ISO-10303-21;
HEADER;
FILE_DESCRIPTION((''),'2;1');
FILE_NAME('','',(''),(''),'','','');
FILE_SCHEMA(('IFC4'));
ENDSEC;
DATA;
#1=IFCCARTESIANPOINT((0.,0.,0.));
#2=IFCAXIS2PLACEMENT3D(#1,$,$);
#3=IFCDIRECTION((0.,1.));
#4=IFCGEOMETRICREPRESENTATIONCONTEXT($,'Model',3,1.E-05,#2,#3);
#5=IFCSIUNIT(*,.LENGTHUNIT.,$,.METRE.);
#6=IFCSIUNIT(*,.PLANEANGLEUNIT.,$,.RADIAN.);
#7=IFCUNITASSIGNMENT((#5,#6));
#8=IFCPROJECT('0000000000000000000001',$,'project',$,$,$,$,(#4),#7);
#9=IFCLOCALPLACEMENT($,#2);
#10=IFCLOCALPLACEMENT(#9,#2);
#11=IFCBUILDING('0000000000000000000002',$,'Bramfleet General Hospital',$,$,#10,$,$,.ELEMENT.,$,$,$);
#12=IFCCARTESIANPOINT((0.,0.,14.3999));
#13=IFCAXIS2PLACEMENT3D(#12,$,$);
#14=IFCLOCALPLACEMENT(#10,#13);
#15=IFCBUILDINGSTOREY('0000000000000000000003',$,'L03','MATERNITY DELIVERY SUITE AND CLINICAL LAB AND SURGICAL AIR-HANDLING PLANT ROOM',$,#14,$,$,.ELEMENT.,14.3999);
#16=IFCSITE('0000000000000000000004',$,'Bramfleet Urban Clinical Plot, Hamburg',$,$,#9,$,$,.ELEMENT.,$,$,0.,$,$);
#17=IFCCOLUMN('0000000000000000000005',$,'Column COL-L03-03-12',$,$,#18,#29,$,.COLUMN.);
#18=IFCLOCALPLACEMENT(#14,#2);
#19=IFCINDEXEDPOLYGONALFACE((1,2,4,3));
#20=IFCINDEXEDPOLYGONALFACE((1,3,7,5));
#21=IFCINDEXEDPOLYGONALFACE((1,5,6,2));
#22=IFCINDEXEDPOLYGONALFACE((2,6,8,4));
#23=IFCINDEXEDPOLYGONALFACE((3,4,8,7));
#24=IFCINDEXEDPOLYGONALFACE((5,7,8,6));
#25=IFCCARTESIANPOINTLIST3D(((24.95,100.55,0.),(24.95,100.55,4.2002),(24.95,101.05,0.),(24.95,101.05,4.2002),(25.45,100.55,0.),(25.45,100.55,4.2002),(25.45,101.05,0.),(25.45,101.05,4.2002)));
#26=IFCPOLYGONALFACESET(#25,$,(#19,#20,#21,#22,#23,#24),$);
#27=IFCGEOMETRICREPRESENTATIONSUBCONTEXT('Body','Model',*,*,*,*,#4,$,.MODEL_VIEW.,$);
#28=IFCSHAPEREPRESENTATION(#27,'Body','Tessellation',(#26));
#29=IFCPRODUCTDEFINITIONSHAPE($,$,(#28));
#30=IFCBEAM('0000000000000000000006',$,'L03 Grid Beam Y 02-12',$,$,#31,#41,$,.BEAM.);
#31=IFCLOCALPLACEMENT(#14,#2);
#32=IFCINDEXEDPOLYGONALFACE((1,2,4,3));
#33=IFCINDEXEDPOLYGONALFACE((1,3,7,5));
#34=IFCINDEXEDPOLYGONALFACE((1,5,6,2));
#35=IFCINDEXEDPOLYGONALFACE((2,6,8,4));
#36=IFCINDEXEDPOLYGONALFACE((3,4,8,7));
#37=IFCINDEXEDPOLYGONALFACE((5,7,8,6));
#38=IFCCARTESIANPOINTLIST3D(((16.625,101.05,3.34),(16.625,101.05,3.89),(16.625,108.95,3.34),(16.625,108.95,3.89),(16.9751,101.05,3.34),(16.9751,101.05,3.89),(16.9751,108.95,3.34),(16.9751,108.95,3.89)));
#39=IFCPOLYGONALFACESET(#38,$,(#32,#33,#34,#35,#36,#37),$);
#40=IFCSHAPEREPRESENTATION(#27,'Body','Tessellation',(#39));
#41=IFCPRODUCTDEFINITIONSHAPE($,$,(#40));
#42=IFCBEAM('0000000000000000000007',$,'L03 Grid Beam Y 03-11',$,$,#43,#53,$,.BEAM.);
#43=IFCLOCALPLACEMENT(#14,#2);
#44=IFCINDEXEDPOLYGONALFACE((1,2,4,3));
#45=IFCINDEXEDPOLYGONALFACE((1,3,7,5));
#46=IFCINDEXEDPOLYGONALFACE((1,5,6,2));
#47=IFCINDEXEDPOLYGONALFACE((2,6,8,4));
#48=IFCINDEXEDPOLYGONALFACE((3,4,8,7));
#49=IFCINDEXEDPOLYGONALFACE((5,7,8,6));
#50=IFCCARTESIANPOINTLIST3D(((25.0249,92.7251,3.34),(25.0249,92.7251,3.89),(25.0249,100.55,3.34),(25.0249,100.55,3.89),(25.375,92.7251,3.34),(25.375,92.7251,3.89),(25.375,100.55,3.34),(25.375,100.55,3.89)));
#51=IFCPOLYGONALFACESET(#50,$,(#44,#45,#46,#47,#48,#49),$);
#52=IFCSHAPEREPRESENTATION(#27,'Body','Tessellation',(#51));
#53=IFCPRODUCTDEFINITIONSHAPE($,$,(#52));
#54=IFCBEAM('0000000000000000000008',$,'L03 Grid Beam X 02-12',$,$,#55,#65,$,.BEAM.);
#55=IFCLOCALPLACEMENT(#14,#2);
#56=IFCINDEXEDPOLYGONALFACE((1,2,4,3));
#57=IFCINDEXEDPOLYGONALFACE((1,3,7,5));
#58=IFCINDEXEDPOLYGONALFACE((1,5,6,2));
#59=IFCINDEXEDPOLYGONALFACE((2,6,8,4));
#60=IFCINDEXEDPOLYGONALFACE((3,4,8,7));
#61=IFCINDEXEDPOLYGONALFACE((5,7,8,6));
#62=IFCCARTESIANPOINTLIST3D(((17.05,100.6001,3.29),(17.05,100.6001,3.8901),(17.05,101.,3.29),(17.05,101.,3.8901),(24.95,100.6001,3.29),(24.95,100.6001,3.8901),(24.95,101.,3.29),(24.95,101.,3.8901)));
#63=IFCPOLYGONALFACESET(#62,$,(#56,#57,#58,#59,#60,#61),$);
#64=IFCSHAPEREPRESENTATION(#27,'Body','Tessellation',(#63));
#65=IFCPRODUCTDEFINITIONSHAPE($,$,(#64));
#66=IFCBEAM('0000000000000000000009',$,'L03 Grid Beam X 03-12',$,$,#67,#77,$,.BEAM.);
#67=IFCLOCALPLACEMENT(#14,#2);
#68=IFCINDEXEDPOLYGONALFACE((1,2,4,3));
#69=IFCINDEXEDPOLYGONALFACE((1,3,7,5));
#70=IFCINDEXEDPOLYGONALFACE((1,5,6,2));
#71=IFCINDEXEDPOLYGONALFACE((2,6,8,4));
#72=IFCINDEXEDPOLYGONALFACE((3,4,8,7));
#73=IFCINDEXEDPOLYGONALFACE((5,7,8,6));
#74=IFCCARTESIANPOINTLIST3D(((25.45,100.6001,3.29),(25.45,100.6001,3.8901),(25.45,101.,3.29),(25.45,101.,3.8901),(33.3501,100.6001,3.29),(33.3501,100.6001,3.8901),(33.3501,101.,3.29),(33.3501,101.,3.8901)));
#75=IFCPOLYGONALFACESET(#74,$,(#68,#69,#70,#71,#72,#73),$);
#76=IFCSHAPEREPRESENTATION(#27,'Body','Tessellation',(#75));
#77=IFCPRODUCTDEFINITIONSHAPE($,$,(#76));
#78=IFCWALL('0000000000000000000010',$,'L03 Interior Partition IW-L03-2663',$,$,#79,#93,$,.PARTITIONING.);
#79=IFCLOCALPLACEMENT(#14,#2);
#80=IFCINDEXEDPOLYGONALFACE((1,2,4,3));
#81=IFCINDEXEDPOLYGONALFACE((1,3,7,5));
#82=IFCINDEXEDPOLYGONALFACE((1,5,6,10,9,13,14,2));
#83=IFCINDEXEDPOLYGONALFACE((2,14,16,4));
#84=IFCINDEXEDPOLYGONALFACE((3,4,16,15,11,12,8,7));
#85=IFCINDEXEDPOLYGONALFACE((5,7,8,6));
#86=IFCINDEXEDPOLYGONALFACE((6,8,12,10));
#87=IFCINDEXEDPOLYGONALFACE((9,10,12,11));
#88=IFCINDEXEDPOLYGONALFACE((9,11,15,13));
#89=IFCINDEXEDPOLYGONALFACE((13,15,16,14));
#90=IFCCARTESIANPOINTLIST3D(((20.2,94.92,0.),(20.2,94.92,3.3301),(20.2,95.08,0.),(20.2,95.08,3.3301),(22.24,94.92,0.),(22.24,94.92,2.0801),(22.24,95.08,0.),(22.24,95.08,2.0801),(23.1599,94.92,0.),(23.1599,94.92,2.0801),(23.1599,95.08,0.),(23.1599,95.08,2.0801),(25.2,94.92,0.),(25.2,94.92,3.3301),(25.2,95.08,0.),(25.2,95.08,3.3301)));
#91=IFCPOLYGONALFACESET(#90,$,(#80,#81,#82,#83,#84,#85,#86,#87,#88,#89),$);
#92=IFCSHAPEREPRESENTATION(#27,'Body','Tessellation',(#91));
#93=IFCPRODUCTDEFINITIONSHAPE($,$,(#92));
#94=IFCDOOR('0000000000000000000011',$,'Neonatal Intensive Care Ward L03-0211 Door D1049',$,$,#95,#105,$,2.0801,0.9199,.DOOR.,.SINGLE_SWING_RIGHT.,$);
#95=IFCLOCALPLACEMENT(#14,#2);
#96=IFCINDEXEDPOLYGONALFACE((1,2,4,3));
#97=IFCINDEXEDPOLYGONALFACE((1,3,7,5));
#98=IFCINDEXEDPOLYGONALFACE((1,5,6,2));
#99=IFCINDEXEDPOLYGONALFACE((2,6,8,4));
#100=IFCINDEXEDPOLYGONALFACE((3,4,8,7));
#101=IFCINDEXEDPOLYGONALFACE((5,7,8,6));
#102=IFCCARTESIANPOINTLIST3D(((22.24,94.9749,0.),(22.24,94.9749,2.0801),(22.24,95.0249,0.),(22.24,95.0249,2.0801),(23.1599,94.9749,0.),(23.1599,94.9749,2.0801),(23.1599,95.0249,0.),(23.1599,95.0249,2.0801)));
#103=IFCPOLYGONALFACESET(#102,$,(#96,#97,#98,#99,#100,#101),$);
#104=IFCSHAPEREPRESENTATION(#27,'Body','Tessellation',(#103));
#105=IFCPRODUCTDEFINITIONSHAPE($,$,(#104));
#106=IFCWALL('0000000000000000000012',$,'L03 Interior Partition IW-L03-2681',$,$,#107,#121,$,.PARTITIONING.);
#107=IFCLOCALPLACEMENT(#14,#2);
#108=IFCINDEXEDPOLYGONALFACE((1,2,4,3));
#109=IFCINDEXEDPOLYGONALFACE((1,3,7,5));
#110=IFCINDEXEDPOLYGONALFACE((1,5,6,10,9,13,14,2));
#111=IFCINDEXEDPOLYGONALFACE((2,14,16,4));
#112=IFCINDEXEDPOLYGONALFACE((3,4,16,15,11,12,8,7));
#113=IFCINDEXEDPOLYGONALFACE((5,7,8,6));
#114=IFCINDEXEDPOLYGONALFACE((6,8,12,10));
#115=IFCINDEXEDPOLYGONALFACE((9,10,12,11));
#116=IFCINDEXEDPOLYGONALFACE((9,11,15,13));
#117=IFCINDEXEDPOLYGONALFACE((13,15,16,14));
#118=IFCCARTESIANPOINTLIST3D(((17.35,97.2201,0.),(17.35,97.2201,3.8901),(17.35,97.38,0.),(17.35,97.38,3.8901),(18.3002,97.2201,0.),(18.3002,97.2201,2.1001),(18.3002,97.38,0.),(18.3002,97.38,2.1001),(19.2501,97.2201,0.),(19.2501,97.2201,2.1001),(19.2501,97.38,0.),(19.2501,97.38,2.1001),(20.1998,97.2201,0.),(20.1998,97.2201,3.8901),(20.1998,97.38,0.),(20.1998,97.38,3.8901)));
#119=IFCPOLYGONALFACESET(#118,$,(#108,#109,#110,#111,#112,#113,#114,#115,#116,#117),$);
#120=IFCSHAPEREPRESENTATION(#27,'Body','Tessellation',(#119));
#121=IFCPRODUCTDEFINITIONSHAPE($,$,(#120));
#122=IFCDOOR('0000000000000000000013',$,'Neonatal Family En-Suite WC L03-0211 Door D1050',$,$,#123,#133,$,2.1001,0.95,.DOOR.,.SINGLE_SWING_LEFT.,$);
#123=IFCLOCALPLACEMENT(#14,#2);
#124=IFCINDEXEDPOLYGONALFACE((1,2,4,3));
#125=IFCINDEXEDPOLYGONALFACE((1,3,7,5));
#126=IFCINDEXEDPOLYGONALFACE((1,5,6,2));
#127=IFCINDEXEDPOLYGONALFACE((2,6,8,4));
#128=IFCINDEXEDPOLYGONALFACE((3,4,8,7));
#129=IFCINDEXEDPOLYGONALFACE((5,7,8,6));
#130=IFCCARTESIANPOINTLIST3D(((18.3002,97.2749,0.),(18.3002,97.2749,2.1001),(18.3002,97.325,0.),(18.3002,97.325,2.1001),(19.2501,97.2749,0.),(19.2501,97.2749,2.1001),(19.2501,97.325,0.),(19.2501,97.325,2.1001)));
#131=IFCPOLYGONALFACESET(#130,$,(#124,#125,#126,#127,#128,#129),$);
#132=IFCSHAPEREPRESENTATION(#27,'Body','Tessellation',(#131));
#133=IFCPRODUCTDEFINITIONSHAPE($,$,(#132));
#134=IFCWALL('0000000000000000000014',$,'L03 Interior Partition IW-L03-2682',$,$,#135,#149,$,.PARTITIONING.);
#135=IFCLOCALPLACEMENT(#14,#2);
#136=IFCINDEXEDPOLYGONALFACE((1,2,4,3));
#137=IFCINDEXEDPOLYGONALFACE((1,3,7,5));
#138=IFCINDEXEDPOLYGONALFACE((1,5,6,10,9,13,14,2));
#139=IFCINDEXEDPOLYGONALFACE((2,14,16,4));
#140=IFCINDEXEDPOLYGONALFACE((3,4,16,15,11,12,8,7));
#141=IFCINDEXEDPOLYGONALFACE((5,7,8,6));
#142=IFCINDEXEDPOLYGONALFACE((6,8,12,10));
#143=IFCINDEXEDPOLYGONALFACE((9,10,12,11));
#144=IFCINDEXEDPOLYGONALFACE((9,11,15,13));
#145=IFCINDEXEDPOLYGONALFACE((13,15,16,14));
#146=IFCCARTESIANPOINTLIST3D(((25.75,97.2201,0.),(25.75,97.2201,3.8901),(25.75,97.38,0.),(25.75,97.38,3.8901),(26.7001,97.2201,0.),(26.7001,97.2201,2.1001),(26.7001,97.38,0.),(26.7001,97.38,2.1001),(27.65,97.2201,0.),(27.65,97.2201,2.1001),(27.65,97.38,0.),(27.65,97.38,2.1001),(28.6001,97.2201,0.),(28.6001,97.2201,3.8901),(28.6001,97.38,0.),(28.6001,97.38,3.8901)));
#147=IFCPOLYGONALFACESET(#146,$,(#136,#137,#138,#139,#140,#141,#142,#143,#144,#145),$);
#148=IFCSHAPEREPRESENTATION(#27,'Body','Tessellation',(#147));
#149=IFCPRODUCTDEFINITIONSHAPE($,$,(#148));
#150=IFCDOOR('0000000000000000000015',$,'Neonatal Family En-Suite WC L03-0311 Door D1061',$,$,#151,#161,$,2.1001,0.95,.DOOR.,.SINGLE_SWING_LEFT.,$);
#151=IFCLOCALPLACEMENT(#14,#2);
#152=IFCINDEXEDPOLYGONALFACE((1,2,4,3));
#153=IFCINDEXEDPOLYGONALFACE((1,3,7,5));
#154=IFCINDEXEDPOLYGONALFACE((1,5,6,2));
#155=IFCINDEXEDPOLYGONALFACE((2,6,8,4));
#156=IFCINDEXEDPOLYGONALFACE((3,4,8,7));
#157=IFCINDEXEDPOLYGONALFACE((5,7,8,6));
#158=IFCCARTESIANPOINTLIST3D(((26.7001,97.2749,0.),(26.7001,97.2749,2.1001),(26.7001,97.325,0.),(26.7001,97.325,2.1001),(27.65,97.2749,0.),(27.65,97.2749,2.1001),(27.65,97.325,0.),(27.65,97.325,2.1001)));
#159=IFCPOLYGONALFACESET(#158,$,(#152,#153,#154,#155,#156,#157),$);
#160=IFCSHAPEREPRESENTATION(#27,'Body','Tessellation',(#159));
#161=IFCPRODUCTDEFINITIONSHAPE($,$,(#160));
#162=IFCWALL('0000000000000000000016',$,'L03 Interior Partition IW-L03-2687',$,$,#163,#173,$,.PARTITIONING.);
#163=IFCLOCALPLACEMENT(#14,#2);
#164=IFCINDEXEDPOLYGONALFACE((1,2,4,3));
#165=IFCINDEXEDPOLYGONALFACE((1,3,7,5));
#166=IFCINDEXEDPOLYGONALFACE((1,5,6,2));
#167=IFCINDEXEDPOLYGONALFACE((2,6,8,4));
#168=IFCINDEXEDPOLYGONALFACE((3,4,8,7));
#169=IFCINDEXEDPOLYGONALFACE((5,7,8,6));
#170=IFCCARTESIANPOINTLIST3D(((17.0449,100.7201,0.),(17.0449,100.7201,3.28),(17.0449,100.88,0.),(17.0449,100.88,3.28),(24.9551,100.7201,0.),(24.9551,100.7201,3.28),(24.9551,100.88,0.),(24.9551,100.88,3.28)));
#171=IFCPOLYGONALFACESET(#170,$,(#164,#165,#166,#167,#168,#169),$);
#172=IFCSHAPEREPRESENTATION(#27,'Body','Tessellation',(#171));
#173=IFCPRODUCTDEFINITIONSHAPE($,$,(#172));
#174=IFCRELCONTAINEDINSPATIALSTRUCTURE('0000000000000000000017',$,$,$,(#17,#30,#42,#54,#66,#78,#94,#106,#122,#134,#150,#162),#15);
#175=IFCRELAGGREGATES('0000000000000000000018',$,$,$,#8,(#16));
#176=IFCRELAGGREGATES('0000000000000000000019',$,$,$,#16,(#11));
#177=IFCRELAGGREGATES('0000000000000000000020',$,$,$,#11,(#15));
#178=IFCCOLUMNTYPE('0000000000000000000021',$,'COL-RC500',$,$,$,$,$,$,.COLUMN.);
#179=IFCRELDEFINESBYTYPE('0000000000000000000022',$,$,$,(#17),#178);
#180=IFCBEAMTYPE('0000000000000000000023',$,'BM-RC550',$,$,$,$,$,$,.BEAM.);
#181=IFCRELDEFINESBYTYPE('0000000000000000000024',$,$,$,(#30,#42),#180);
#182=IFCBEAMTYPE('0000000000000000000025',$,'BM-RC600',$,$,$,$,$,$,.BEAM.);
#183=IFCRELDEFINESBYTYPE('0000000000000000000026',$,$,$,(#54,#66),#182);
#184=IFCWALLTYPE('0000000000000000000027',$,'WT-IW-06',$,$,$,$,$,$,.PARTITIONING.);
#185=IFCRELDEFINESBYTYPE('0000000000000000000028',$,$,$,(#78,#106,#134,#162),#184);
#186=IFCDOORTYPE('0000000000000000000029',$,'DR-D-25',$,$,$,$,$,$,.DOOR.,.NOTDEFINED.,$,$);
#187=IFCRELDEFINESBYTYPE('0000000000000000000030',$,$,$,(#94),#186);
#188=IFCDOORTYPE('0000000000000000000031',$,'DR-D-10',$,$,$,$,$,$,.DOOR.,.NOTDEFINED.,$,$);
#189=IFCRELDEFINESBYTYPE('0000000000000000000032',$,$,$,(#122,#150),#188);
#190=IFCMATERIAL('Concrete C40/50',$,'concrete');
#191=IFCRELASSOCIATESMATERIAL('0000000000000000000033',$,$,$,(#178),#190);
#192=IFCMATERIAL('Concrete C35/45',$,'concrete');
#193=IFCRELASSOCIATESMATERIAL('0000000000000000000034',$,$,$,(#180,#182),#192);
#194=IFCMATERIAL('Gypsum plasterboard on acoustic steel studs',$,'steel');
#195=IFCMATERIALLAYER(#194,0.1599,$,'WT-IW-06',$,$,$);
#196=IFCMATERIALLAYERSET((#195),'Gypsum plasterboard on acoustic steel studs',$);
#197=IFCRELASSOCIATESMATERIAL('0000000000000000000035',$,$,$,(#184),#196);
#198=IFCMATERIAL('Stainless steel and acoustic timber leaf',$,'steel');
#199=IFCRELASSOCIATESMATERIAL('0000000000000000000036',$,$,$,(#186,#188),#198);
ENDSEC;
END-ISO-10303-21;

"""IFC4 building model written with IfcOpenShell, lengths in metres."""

from ifc_helpers import new_model, si_unit, direction, frame, frame_2d, origin, origin_2d, place, context, subcontext, project, spatial, rectangle, extrude, material, layer, layer_set, material_profile, profile_set, type_object, element, fill, save


model = new_model("IFC4")

# Units and contexts
model_context = context("Model", 3, precision=1e-05, world=origin(), true_north=direction((0.0, 1.0)))
body_context = subcontext(model_context, "Body", "Model", "MODEL_VIEW")
ifc_project = project(units=[si_unit("LENGTHUNIT", "METRE"), si_unit("PLANEANGLEUNIT", "RADIAN")], contexts=[model_context])

# Site, building, storey
site_placement = place(None, origin())
site = spatial("IfcSite", under=ifc_project, at=site_placement, Name="Bramfleet Urban Clinical Plot, Hamburg", CompositionType="ELEMENT", RefElevation=0.0)
building_placement = place(site_placement, origin())
building = spatial("IfcBuilding", under=site, at=building_placement, Name="Bramfleet General Hospital", CompositionType="ELEMENT")
storey_placement = place(building_placement, frame((0.0, 0.0, 14.3999)))
storey = spatial("IfcBuildingStorey", under=building, at=storey_placement, Name="L03", Description="MATERNITY DELIVERY SUITE AND CLINICAL LAB AND SURGICAL AIR-HANDLING PLANT ROOM", CompositionType="ELEMENT", Elevation=14.3999)

# Column
ifc_material_1 = material(Name="Concrete C40/50", Category="concrete")
ifc_material_profile_1 = material_profile(ifc_material_1, rectangle(XDim=0.5, YDim=0.5, at=origin_2d()), Name="RC COL 500x500")
ifc_profile_set_1 = profile_set([ifc_material_profile_1], Name="Concrete C40/50")
column_type = type_object("IfcColumnType", Name="COL-RC500", PredefinedType="COLUMN", material=ifc_profile_set_1)
column_placement = place(storey_placement, frame((25.2, 100.8, 0.0), z_axis=(0.0, 0.0, 1.0), x_axis=(1.0, 0.0, 0.0)))
element("IfcColumn", 1, at=column_placement, inside=storey, type_object=column_type, Name="Column COL-L03-03-12", PredefinedType="COLUMN", context=body_context, shape_type="SweptSolid", body=[
    extrude(rectangle(XDim=0.5, YDim=0.5, at=origin_2d()), origin(), (0.0, 0.0, 1.0), 4.2002),
])

# Beams
ifc_material_2 = material(Name="Concrete C35/45", Category="concrete")
ifc_material_profile_2 = material_profile(ifc_material_2, rectangle(XDim=0.3501, YDim=0.55, at=origin_2d()), Name="RC BM 550x350")
ifc_profile_set_2 = profile_set([ifc_material_profile_2], Name="Concrete C35/45")
beam_type_1 = type_object("IfcBeamType", Name="BM-RC550", PredefinedType="BEAM", material=ifc_profile_set_2)
beam_1_placement = place(storey_placement, frame((16.8, 101.05, 3.615), z_axis=(0.0, 1.0, 0.0), x_axis=(-1.0, 0.0, 0.0)))
element("IfcBeam", 2, at=beam_1_placement, inside=storey, type_object=beam_type_1, Name="L03 Grid Beam Y 02-12", PredefinedType="BEAM", context=body_context, shape_type="SweptSolid", body=[
    extrude(rectangle(XDim=0.3501, YDim=0.55, at=origin_2d()), origin(), (0.0, 0.0, 1.0), 7.8999),
])
beam_2_placement = place(storey_placement, frame((25.2, 92.7251, 3.615), z_axis=(0.0, 1.0, 0.0), x_axis=(-1.0, 0.0, 0.0)))
element("IfcBeam", 3, at=beam_2_placement, inside=storey, type_object=beam_type_1, Name="L03 Grid Beam Y 03-11", PredefinedType="BEAM", context=body_context, shape_type="SweptSolid", body=[
    extrude(rectangle(XDim=0.3501, YDim=0.55, at=origin_2d()), origin(), (0.0, 0.0, 1.0), 7.825),
])
ifc_material_profile_3 = material_profile(ifc_material_2, rectangle(XDim=0.3999, YDim=0.6001, at=origin_2d()), Name="RC BM 600x400")
ifc_profile_set_3 = profile_set([ifc_material_profile_3], Name="Concrete C35/45")
beam_type_2 = type_object("IfcBeamType", Name="BM-RC600", PredefinedType="BEAM", material=ifc_profile_set_3)
beam_3_placement = place(storey_placement, frame((17.05, 100.8, 3.5901), z_axis=(1.0, 0.0, 0.0), x_axis=(0.0, 1.0, 0.0)))
element("IfcBeam", 4, at=beam_3_placement, inside=storey, type_object=beam_type_2, Name="L03 Grid Beam X 02-12", PredefinedType="BEAM", context=body_context, shape_type="SweptSolid", body=[
    extrude(rectangle(XDim=0.3999, YDim=0.6001, at=origin_2d()), origin(), (0.0, 0.0, 1.0), 7.8999),
])
beam_4_placement = place(storey_placement, frame((25.45, 100.8, 3.5901), z_axis=(1.0, 0.0, 0.0), x_axis=(0.0, 1.0, 0.0)))
element("IfcBeam", 5, at=beam_4_placement, inside=storey, type_object=beam_type_2, Name="L03 Grid Beam X 03-12", PredefinedType="BEAM", context=body_context, shape_type="SweptSolid", body=[
    extrude(rectangle(XDim=0.3999, YDim=0.6001, at=origin_2d()), origin(), (0.0, 0.0, 1.0), 7.9001),
])

# Walls, openings, doors
ifc_material_3 = material(Name="Gypsum plasterboard on acoustic steel studs", Category="steel")
ifc_layer_1 = layer(ifc_material_3, 0.1599, Name="WT-IW-06")
ifc_layer_set_1 = layer_set([ifc_layer_1], Name="Gypsum plasterboard on acoustic steel studs")
wall_type_1 = type_object("IfcWallType", Name="WT-IW-06", PredefinedType="PARTITIONING", material=ifc_layer_set_1)
wall_1_placement = place(storey_placement, frame((20.2, 95.0, 0.0), z_axis=(0.0, 0.0, 1.0), x_axis=(1.0, 0.0, 0.0)))
wall_1 = element("IfcWall", 6, at=wall_1_placement, inside=storey, type_object=wall_type_1, Name="L03 Interior Partition IW-L03-2663", PredefinedType="PARTITIONING", context=body_context, shape_type="SweptSolid", body=[
    extrude(rectangle(XDim=5.0, YDim=0.1599, at=frame_2d((2.5, 0.0))), origin(), (0.0, 0.0, 1.0), 3.3301),
])
opening_1_placement = place(wall_1_placement, frame((2.04, 0.0, 0.0)))
opening_1 = element("IfcOpeningElement", 7, at=opening_1_placement, cuts=wall_1, PredefinedType="OPENING", context=body_context, shape_type="SweptSolid", body=[
    extrude(rectangle(XDim=0.9199, YDim=2.0801, at=frame_2d((0.46, 1.04))), frame((0.0, 0.0898, 0.0), z_axis=(0.0, -1.0, 0.0), x_axis=(1.0, 0.0, 0.0)), (0.0, 0.0, 1.0), 0.1799),
])
ifc_material_4 = material(Name="Stainless steel and acoustic timber leaf", Category="steel")
door_type_1 = type_object("IfcDoorType", Name="DR-D-25", OperationType="NOTDEFINED", PredefinedType="DOOR", material=ifc_material_4)
door_1_placement = place(opening_1_placement, origin())
door_1 = element("IfcDoor", 8, at=door_1_placement, inside=storey, type_object=door_type_1, Name="Neonatal Intensive Care Ward L03-0211 Door D1049", OperationType="SINGLE_SWING_RIGHT", OverallHeight=2.0801, OverallWidth=0.9199, PredefinedType="DOOR", context=body_context, shape_type="SweptSolid", body=[
    extrude(rectangle(XDim=0.9199, YDim=2.0801, at=frame_2d((0.46, 1.04))), frame((0.0, 0.0249, 0.0), z_axis=(0.0, -1.0, 0.0), x_axis=(1.0, 0.0, 0.0)), (0.0, 0.0, 1.0), 0.05),
])
fill(opening_1, door_1)
wall_2_placement = place(storey_placement, frame((17.3501, 97.3, 0.0), z_axis=(0.0, 0.0, 1.0), x_axis=(1.0, 0.0, 0.0)))
wall_2 = element("IfcWall", 9, at=wall_2_placement, inside=storey, type_object=wall_type_1, Name="L03 Interior Partition IW-L03-2681", PredefinedType="PARTITIONING", context=body_context, shape_type="SweptSolid", body=[
    extrude(rectangle(XDim=2.8499, YDim=0.1599, at=frame_2d((1.4248, 0.0))), origin(), (0.0, 0.0, 1.0), 3.8901),
])
opening_2_placement = place(wall_2_placement, frame((0.95, 0.0, 0.0)))
opening_2 = element("IfcOpeningElement", 10, at=opening_2_placement, cuts=wall_2, PredefinedType="OPENING", context=body_context, shape_type="SweptSolid", body=[
    extrude(rectangle(XDim=0.95, YDim=2.1001, at=frame_2d((0.4751, 1.05))), frame((0.0, 0.0898, 0.0), z_axis=(0.0, -1.0, 0.0), x_axis=(1.0, 0.0, 0.0)), (0.0, 0.0, 1.0), 0.1799),
])
door_type_2 = type_object("IfcDoorType", Name="DR-D-10", OperationType="NOTDEFINED", PredefinedType="DOOR", material=ifc_material_4)
door_2_placement = place(opening_2_placement, origin())
door_2 = element("IfcDoor", 11, at=door_2_placement, inside=storey, type_object=door_type_2, Name="Neonatal Family En-Suite WC L03-0211 Door D1050", OperationType="SINGLE_SWING_LEFT", OverallHeight=2.1001, OverallWidth=0.95, PredefinedType="DOOR", context=body_context, shape_type="SweptSolid", body=[
    extrude(rectangle(XDim=0.95, YDim=2.1001, at=frame_2d((0.4751, 1.05))), frame((0.0, 0.0249, 0.0), z_axis=(0.0, -1.0, 0.0), x_axis=(1.0, 0.0, 0.0)), (0.0, 0.0, 1.0), 0.05),
])
fill(opening_2, door_2)
wall_3_placement = place(storey_placement, frame((25.75, 97.3, 0.0), z_axis=(0.0, 0.0, 1.0), x_axis=(1.0, 0.0, 0.0)))
wall_3 = element("IfcWall", 12, at=wall_3_placement, inside=storey, type_object=wall_type_1, Name="L03 Interior Partition IW-L03-2682", PredefinedType="PARTITIONING", context=body_context, shape_type="SweptSolid", body=[
    extrude(rectangle(XDim=2.8501, YDim=0.1599, at=frame_2d((1.425, 0.0))), origin(), (0.0, 0.0, 1.0), 3.8901),
])
opening_3_placement = place(wall_3_placement, frame((0.95, 0.0, 0.0)))
opening_3 = element("IfcOpeningElement", 13, at=opening_3_placement, cuts=wall_3, PredefinedType="OPENING", context=body_context, shape_type="SweptSolid", body=[
    extrude(rectangle(XDim=0.95, YDim=2.1001, at=frame_2d((0.4751, 1.05))), frame((0.0, 0.0898, 0.0), z_axis=(0.0, -1.0, 0.0), x_axis=(1.0, 0.0, 0.0)), (0.0, 0.0, 1.0), 0.1799),
])
door_3_placement = place(opening_3_placement, origin())
door_3 = element("IfcDoor", 14, at=door_3_placement, inside=storey, type_object=door_type_2, Name="Neonatal Family En-Suite WC L03-0311 Door D1061", OperationType="SINGLE_SWING_LEFT", OverallHeight=2.1001, OverallWidth=0.95, PredefinedType="DOOR", context=body_context, shape_type="SweptSolid", body=[
    extrude(rectangle(XDim=0.95, YDim=2.1001, at=frame_2d((0.4751, 1.05))), frame((0.0, 0.0249, 0.0), z_axis=(0.0, -1.0, 0.0), x_axis=(1.0, 0.0, 0.0)), (0.0, 0.0, 1.0), 0.05),
])
fill(opening_3, door_3)

# Wall
wall_4_placement = place(storey_placement, frame((17.0449, 100.8, 0.0), z_axis=(0.0, 0.0, 1.0), x_axis=(1.0, 0.0, 0.0)))
element("IfcWall", 15, at=wall_4_placement, inside=storey, type_object=wall_type_1, Name="L03 Interior Partition IW-L03-2687", PredefinedType="PARTITIONING", context=body_context, shape_type="SweptSolid", body=[
    extrude(rectangle(XDim=7.9102, YDim=0.1599, at=frame_2d((3.9551, 0.0))), origin(), (0.0, 0.0, 1.0), 3.28),
])

save(model, "model.ifc")
